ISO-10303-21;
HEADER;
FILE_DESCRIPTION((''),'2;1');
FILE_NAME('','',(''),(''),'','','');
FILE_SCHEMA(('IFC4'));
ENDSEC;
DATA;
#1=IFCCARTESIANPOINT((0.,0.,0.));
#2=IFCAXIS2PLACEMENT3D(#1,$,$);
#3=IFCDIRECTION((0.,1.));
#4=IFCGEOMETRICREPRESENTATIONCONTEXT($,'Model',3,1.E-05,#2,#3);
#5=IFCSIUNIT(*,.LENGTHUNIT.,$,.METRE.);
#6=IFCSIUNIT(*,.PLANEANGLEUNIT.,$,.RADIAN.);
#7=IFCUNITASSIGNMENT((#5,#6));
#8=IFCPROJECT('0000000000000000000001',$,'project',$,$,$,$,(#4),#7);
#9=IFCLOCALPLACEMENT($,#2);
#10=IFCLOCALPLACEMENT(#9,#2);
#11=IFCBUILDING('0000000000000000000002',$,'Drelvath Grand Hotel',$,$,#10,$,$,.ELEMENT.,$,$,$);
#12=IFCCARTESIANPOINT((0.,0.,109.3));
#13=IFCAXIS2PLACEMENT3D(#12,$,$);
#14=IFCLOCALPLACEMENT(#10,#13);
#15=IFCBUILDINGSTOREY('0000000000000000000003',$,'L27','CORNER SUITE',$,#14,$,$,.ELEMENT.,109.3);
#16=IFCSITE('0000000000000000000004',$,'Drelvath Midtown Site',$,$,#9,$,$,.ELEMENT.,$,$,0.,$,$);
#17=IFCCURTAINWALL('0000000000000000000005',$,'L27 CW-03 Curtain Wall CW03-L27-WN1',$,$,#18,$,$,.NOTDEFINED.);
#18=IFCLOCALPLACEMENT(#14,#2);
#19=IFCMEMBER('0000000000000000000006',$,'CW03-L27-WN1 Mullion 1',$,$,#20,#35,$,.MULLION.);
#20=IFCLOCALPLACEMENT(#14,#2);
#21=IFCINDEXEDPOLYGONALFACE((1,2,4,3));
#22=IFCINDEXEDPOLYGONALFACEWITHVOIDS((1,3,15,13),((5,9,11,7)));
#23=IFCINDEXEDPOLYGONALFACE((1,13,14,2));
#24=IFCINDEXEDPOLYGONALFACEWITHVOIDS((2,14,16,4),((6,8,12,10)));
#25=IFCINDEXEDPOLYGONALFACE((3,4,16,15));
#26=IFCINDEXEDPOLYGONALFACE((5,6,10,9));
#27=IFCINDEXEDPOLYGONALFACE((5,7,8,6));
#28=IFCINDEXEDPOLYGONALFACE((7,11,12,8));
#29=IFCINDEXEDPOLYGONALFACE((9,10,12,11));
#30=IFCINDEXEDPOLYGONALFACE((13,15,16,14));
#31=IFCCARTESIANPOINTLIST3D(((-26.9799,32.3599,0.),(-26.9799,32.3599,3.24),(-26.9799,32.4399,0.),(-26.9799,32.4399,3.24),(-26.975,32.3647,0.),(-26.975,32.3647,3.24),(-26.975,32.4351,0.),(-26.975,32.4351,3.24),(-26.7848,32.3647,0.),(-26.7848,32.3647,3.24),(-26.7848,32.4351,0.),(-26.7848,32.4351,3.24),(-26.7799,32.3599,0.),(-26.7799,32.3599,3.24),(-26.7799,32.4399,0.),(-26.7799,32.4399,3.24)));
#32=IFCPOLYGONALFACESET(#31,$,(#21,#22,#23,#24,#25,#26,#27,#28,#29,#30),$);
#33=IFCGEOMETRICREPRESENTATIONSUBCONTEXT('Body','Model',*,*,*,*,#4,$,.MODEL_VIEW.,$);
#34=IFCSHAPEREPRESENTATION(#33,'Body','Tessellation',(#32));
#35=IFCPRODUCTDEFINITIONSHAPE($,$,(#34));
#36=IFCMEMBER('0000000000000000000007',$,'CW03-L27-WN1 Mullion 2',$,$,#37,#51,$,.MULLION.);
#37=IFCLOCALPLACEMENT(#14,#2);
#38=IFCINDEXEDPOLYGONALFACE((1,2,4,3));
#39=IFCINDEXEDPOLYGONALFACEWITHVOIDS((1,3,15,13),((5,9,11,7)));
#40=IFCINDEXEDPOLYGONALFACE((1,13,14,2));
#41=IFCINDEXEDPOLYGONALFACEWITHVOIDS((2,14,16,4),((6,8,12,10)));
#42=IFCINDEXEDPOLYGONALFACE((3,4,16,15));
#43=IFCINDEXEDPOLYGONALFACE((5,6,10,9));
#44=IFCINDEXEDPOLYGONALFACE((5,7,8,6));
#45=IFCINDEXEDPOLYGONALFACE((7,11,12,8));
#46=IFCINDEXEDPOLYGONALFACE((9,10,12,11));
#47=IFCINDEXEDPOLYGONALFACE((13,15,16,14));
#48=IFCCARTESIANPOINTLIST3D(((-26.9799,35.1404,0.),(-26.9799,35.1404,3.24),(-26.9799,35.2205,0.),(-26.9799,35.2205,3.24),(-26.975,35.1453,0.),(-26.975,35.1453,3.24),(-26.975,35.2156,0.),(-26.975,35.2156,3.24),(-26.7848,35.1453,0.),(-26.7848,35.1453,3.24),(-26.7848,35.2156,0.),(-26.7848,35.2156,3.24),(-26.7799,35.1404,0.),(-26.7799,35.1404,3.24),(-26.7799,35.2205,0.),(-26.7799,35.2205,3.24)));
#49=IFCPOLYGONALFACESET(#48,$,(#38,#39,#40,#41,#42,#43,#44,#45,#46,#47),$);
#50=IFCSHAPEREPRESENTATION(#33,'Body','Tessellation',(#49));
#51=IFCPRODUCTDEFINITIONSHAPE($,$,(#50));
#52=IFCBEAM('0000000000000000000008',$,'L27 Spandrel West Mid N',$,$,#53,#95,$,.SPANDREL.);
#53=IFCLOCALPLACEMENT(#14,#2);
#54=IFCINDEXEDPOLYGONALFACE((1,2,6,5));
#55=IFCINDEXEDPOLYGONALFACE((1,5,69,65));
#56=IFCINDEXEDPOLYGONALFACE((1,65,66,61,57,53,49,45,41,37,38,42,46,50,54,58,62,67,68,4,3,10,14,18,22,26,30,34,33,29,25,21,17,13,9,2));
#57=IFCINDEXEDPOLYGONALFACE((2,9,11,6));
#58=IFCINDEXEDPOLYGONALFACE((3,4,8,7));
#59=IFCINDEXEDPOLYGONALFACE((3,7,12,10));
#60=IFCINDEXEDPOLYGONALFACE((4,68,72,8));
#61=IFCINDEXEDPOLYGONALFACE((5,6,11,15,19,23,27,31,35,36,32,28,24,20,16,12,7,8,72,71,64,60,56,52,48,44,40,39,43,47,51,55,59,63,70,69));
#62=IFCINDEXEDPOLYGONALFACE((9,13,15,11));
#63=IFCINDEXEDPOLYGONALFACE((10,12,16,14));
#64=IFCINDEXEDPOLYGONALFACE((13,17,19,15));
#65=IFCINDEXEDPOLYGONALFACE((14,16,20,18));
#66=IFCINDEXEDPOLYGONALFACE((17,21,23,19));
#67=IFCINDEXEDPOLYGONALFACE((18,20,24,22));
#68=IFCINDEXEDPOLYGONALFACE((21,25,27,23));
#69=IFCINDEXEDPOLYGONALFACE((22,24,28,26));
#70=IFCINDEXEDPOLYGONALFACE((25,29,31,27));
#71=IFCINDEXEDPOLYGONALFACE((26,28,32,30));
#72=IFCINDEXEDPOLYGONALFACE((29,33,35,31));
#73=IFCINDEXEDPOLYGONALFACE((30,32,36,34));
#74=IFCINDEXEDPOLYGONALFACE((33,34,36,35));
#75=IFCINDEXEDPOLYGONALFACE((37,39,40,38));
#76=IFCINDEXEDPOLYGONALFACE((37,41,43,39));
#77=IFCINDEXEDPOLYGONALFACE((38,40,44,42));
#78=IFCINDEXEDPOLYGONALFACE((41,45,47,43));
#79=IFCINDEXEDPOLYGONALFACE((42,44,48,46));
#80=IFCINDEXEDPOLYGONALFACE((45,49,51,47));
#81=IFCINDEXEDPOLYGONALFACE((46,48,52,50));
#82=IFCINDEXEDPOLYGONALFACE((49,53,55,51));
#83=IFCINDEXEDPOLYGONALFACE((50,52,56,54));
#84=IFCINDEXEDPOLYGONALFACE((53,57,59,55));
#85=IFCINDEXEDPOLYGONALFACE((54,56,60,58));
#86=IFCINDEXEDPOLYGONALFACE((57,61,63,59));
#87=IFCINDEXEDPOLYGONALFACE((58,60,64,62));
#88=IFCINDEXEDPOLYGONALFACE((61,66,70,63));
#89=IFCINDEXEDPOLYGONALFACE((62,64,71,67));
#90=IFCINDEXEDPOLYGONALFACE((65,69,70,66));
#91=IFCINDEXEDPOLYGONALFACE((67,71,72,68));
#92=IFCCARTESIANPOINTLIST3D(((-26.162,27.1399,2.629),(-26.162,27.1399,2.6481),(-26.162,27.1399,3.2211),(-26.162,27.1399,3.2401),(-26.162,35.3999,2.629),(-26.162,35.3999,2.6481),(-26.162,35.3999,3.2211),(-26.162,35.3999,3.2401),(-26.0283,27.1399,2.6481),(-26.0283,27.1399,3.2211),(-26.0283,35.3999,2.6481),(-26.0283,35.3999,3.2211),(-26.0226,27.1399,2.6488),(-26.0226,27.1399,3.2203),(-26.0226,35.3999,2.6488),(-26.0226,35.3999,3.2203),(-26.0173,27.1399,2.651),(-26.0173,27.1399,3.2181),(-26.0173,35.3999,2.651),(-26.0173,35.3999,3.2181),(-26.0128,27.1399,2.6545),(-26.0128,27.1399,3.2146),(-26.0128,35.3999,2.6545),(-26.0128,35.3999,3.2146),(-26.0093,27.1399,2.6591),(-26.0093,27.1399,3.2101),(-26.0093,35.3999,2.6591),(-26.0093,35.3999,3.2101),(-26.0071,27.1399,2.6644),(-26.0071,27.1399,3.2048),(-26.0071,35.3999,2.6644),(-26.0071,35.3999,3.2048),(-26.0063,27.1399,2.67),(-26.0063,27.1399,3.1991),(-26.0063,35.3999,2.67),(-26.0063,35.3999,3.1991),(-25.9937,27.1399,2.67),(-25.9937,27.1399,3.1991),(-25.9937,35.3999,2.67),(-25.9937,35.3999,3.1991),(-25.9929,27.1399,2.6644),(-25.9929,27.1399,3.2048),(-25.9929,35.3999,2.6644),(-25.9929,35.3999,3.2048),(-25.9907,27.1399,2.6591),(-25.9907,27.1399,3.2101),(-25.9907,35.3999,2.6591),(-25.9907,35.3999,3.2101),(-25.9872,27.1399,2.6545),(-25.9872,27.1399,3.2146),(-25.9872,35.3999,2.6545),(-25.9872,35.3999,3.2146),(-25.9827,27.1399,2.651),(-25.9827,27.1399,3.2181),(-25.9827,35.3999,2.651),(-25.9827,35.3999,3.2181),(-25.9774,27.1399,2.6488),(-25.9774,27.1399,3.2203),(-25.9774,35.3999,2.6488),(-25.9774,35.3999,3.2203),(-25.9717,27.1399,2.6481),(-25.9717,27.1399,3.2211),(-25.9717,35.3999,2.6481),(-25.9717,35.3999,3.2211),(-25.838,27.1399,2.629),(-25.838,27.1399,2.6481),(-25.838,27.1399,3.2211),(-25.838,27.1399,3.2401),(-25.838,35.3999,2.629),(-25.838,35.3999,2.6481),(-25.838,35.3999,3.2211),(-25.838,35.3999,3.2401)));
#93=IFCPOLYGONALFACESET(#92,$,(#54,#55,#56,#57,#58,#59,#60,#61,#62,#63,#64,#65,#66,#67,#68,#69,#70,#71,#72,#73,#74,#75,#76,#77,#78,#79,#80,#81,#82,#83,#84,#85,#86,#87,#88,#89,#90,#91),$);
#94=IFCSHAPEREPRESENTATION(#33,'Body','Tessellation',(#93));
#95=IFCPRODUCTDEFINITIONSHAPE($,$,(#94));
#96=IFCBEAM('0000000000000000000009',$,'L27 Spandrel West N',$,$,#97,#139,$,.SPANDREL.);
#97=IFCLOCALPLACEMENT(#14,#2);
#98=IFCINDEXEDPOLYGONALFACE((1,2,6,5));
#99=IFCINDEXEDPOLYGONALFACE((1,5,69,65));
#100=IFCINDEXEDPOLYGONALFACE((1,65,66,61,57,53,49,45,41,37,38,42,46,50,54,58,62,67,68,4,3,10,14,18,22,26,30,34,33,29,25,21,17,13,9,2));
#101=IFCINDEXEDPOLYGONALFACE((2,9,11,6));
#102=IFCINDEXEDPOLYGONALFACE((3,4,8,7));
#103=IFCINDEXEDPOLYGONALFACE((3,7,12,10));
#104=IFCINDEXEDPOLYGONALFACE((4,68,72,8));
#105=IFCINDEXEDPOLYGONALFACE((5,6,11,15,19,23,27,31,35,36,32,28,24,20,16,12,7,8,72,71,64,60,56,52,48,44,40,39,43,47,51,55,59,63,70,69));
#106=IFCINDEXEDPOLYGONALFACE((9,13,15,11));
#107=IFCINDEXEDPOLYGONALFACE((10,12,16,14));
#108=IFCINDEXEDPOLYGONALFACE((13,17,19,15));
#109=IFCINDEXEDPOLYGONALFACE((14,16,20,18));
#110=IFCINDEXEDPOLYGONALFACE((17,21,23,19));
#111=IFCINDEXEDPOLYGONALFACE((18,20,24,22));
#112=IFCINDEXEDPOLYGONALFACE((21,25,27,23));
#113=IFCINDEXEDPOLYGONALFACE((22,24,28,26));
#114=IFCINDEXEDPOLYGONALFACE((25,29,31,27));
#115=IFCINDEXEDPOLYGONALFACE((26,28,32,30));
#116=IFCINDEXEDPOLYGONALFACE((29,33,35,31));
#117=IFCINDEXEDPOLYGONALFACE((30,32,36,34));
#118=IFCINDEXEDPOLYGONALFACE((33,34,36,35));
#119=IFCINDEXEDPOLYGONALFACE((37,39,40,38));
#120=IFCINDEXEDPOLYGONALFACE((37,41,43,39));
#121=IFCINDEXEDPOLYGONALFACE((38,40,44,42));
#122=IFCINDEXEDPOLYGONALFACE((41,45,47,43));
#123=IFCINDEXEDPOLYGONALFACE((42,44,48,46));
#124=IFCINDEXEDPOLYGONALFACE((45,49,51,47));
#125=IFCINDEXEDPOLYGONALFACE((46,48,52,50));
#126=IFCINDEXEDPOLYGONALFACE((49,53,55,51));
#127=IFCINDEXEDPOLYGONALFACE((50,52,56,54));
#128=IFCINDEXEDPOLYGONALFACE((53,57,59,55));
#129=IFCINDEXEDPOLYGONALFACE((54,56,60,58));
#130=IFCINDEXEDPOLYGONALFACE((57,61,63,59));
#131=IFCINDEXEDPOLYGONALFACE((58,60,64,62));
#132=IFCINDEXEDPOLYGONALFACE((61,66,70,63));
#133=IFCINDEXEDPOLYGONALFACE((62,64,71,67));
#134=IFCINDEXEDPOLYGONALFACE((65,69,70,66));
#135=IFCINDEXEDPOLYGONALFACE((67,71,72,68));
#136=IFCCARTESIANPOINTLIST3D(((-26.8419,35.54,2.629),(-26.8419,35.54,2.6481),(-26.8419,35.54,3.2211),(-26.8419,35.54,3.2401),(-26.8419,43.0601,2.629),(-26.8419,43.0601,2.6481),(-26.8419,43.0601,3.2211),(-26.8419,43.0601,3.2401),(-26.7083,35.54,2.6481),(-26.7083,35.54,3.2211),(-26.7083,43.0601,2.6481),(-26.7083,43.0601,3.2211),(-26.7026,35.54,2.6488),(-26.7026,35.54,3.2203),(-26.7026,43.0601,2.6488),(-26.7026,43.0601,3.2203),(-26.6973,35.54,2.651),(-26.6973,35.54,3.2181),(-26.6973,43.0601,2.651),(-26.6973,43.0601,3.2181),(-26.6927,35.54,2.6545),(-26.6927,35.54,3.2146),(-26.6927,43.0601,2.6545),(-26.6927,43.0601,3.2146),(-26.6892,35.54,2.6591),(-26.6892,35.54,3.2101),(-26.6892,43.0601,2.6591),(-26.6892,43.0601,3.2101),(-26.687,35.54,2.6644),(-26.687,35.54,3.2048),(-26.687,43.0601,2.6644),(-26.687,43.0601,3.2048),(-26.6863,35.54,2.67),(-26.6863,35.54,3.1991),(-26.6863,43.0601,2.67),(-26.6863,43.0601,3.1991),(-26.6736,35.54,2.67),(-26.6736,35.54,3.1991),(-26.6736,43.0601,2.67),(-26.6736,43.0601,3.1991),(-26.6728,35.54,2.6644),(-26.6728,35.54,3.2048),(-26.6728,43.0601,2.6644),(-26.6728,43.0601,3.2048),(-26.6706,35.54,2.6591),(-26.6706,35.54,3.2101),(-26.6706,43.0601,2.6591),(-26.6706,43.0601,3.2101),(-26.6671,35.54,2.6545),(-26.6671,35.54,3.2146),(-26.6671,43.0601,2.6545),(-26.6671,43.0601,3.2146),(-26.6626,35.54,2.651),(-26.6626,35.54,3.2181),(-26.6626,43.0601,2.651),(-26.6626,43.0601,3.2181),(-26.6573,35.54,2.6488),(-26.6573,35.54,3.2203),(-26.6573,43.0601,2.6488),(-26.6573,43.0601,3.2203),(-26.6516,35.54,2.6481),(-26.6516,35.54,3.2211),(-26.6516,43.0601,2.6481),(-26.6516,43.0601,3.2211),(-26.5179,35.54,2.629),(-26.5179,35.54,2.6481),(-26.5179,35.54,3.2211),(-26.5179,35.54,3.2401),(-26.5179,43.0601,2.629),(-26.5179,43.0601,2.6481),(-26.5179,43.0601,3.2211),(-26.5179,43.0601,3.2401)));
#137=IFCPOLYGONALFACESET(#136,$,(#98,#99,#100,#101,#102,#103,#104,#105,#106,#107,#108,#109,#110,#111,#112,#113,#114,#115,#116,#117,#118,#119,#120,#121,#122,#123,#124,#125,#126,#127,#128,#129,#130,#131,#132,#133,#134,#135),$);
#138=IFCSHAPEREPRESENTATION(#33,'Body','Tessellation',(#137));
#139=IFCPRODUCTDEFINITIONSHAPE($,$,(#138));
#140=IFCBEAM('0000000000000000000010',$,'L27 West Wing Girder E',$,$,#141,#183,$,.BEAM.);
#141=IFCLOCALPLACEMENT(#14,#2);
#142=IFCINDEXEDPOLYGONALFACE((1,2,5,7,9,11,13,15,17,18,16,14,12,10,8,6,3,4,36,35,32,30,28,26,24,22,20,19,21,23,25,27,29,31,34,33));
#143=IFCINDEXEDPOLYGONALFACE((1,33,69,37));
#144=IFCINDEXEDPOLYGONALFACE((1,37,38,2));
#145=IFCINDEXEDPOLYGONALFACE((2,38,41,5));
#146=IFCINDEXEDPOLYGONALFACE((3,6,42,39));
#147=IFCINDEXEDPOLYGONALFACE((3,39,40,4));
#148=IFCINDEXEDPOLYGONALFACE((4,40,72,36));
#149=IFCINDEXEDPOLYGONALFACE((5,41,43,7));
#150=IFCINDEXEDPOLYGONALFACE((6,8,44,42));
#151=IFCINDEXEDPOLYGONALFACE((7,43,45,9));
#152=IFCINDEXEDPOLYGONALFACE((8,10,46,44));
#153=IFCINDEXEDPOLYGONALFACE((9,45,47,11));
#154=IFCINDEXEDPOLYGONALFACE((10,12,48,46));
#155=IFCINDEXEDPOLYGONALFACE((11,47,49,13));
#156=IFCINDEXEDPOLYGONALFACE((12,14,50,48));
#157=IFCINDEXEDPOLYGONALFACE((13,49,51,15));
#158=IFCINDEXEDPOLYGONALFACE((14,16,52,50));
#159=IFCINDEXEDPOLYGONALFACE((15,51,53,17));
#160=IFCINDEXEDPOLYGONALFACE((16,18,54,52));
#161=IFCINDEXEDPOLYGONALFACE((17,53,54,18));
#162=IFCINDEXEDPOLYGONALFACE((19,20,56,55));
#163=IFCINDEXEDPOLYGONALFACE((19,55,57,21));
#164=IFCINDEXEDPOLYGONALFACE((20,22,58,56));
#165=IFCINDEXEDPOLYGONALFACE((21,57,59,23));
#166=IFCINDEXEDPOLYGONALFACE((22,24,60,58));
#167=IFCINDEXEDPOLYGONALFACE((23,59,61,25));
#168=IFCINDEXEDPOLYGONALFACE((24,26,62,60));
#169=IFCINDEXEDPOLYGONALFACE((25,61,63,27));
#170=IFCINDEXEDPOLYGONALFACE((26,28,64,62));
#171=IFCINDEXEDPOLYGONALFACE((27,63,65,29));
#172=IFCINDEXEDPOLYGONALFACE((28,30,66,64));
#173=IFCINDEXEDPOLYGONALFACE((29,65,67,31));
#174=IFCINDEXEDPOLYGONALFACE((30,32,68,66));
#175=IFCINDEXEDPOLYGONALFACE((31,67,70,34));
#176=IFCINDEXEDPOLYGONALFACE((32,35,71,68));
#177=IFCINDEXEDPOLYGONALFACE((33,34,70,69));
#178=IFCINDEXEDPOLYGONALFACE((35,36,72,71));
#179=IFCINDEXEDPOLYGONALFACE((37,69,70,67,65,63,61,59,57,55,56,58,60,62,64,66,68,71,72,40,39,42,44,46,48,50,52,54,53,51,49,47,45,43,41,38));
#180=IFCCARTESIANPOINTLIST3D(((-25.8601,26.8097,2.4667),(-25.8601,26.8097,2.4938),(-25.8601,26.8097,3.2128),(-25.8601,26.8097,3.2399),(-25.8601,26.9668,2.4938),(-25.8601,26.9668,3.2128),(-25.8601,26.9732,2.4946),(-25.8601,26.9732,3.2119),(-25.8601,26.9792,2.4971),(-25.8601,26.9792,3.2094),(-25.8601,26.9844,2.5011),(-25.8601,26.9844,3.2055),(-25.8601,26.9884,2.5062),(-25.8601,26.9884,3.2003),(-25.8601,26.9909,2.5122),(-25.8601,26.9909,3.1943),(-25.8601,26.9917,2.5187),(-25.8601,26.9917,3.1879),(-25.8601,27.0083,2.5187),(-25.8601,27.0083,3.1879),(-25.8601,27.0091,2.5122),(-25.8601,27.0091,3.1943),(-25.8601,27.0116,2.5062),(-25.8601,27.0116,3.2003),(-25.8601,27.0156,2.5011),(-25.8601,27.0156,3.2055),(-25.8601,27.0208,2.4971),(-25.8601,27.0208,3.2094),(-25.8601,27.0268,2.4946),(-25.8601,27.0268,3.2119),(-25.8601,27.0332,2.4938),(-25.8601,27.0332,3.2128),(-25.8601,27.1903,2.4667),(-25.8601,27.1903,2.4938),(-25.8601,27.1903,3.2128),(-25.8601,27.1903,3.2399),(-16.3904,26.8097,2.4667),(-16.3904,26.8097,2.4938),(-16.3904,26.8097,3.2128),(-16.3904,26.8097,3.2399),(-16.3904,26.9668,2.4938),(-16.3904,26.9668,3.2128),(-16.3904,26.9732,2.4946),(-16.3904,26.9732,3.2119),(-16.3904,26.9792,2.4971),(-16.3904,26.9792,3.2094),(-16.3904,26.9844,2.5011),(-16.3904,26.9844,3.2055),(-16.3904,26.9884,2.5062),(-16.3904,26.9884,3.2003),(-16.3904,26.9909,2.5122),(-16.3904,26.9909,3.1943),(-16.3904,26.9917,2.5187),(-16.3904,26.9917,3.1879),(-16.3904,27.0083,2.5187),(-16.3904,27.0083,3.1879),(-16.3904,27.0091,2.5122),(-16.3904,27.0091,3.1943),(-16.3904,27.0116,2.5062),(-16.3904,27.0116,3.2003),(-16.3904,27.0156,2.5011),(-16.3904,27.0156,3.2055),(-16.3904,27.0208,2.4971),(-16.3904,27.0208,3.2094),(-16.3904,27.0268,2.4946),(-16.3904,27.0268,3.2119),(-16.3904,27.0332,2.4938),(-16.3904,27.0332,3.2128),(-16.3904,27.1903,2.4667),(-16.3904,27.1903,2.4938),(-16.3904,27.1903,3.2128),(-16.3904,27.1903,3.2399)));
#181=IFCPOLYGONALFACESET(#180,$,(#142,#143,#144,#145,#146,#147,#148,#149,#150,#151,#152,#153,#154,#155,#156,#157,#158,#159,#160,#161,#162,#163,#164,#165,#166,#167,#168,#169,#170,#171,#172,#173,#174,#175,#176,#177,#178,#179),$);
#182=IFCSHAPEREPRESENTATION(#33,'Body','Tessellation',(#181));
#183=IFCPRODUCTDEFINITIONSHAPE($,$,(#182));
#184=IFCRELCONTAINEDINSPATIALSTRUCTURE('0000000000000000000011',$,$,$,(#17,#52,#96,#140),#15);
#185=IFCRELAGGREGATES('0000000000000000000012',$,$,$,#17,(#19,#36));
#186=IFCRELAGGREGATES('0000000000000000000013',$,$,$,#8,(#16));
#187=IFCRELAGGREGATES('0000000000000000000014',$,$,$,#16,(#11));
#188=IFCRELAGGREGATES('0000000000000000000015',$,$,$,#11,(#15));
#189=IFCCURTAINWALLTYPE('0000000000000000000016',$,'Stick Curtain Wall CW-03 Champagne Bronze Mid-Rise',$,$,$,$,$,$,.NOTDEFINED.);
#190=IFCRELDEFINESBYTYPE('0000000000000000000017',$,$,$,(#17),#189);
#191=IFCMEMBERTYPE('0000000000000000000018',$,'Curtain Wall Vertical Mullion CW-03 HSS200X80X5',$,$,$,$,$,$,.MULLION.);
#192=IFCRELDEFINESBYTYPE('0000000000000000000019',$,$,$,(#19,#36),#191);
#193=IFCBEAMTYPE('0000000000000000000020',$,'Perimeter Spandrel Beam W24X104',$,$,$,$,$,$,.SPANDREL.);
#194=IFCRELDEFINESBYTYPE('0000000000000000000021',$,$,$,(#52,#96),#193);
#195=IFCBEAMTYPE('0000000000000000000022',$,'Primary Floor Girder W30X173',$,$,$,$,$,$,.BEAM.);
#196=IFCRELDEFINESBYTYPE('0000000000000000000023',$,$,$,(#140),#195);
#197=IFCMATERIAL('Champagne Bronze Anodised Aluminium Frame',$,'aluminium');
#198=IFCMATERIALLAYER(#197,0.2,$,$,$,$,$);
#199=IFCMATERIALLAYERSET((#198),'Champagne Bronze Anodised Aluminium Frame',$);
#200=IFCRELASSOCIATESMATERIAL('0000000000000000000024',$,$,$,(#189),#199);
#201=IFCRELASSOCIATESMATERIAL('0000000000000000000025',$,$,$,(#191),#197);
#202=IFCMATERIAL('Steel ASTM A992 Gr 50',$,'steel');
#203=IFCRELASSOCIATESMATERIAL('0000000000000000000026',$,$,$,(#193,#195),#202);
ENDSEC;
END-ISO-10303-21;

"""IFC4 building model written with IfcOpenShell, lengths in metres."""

from ifc_helpers import new_model, si_unit, direction, frame, origin, origin_2d, place, context, subcontext, project, spatial, hollow_rectangle, i_section, extrude, material, layer, layer_set, material_profile, profile_set, type_object, element, aggregate, save


model = new_model("IFC4")

# Units and contexts
model_context = context("Model", 3, precision=1e-05, world=origin(), true_north=direction((0.0, 1.0)))
body_context = subcontext(model_context, "Body", "Model", "MODEL_VIEW")
ifc_project = project(units=[si_unit("LENGTHUNIT", "METRE"), si_unit("PLANEANGLEUNIT", "RADIAN")], contexts=[model_context])

# Site, building, storey
site_placement = place(None, origin())
site = spatial("IfcSite", under=ifc_project, at=site_placement, Name="Drelvath Midtown Site", CompositionType="ELEMENT", RefElevation=0.0)
building_placement = place(site_placement, origin())
building = spatial("IfcBuilding", under=site, at=building_placement, Name="Drelvath Grand Hotel", CompositionType="ELEMENT")
storey_placement = place(building_placement, frame((0.0, 0.0, 109.3)))
storey = spatial("IfcBuildingStorey", under=building, at=storey_placement, Name="L27", Description="CORNER SUITE", CompositionType="ELEMENT", Elevation=109.3)

# Curtain wall
ifc_material_1 = material(Name="Champagne Bronze Anodised Aluminium Frame", Category="aluminium")
ifc_layer_1 = layer(ifc_material_1, 0.2)
ifc_layer_set_1 = layer_set([ifc_layer_1], Name="Champagne Bronze Anodised Aluminium Frame")
curtain_wall_type = type_object("IfcCurtainWallType", Name="Stick Curtain Wall CW-03 Champagne Bronze Mid-Rise", PredefinedType="NOTDEFINED", material=ifc_layer_set_1)
curtain_wall_1_placement = place(storey_placement, origin())
curtain_wall_1 = element("IfcCurtainWall", 1, at=curtain_wall_1_placement, inside=storey, type_object=curtain_wall_type, Name="L27 CW-03 Curtain Wall CW03-L27-WN1", PredefinedType="NOTDEFINED")
ifc_material_profile_1 = material_profile(ifc_material_1, hollow_rectangle(XDim=0.0801, YDim=0.2, WallThickness=0.0049, at=origin_2d()), Name="HSS200X80X5")
ifc_profile_set_1 = profile_set([ifc_material_profile_1], Name="Champagne Bronze Anodised Aluminium Frame")
member_type_1 = type_object("IfcMemberType", Name="Curtain Wall Vertical Mullion CW-03 HSS200X80X5", PredefinedType="MULLION", material=ifc_profile_set_1)

# Members
member_1_placement = place(storey_placement, frame((-26.8799, 32.3999, 0.0), z_axis=(0.0, 0.0, 1.0), x_axis=(0.0, 1.0, 0.0)))
member_1 = element("IfcMember", 2, at=member_1_placement, type_object=member_type_1, Name="CW03-L27-WN1 Mullion 1", PredefinedType="MULLION", context=body_context, shape_type="SweptSolid", body=[
    extrude(hollow_rectangle(XDim=0.0801, YDim=0.2, WallThickness=0.0049, at=origin_2d()), origin(), (0.0, 0.0, 1.0), 3.24),
])
member_2_placement = place(storey_placement, frame((-26.8799, 35.1804, 0.0), z_axis=(0.0, 0.0, 1.0), x_axis=(0.0, 1.0, 0.0)))
member_2 = element("IfcMember", 3, at=member_2_placement, type_object=member_type_1, Name="CW03-L27-WN1 Mullion 2", PredefinedType="MULLION", context=body_context, shape_type="SweptSolid", body=[
    extrude(hollow_rectangle(XDim=0.0801, YDim=0.2, WallThickness=0.0049, at=origin_2d()), origin(), (0.0, 0.0, 1.0), 3.24),
])

# Beams
ifc_material_2 = material(Name="Steel ASTM A992 Gr 50", Category="steel")
ifc_material_profile_2 = material_profile(ifc_material_2, i_section(OverallWidth=0.324, OverallDepth=0.6111, WebThickness=0.0127, FlangeThickness=0.019, FilletRadius=0.022, at=origin_2d()), Name="W24X104")
ifc_profile_set_2 = profile_set([ifc_material_profile_2], Name="Steel ASTM A992 Gr 50")
beam_type_1 = type_object("IfcBeamType", Name="Perimeter Spandrel Beam W24X104", PredefinedType="SPANDREL", material=ifc_profile_set_2)
beam_1_placement = place(storey_placement, frame((-26.0, 27.1399, 2.9346), z_axis=(0.0, 1.0, 0.0), x_axis=(-1.0, 0.0, 0.0)))
element("IfcBeam", 4, at=beam_1_placement, inside=storey, type_object=beam_type_1, Name="L27 Spandrel West Mid N", PredefinedType="SPANDREL", context=body_context, shape_type="SweptSolid", body=[
    extrude(i_section(OverallWidth=0.324, OverallDepth=0.6111, WebThickness=0.0127, FlangeThickness=0.019, FilletRadius=0.022, at=origin_2d()), origin(), (0.0, 0.0, 1.0), 8.26),
])
beam_2_placement = place(storey_placement, frame((-26.6799, 35.54, 2.9346), z_axis=(0.0, 1.0, 0.0), x_axis=(-1.0, 0.0, 0.0)))
element("IfcBeam", 5, at=beam_2_placement, inside=storey, type_object=beam_type_1, Name="L27 Spandrel West N", PredefinedType="SPANDREL", context=body_context, shape_type="SweptSolid", body=[
    extrude(i_section(OverallWidth=0.324, OverallDepth=0.6111, WebThickness=0.0127, FlangeThickness=0.019, FilletRadius=0.022, at=origin_2d()), origin(), (0.0, 0.0, 1.0), 7.52),
])
ifc_material_profile_3 = material_profile(ifc_material_2, i_section(OverallWidth=0.3806, OverallDepth=0.7732, WebThickness=0.0166, FlangeThickness=0.0271, FilletRadius=0.0249, at=origin_2d()), Name="W30X173")
ifc_profile_set_3 = profile_set([ifc_material_profile_3], Name="Steel ASTM A992 Gr 50")
beam_type_2 = type_object("IfcBeamType", Name="Primary Floor Girder W30X173", PredefinedType="BEAM", material=ifc_profile_set_3)
beam_3_placement = place(storey_placement, frame((-25.8601, 27.0, 2.8533), z_axis=(1.0, 0.0, 0.0), x_axis=(0.0, 1.0, 0.0)))
element("IfcBeam", 6, at=beam_3_placement, inside=storey, type_object=beam_type_2, Name="L27 West Wing Girder E", PredefinedType="BEAM", context=body_context, shape_type="SweptSolid", body=[
    extrude(i_section(OverallWidth=0.3806, OverallDepth=0.7732, WebThickness=0.0166, FlangeThickness=0.0271, FilletRadius=0.0249, at=origin_2d()), origin(), (0.0, 0.0, 1.0), 9.4697),
])

aggregate(curtain_wall_1, [member_1, member_2])

save(model, "model.ifc")
